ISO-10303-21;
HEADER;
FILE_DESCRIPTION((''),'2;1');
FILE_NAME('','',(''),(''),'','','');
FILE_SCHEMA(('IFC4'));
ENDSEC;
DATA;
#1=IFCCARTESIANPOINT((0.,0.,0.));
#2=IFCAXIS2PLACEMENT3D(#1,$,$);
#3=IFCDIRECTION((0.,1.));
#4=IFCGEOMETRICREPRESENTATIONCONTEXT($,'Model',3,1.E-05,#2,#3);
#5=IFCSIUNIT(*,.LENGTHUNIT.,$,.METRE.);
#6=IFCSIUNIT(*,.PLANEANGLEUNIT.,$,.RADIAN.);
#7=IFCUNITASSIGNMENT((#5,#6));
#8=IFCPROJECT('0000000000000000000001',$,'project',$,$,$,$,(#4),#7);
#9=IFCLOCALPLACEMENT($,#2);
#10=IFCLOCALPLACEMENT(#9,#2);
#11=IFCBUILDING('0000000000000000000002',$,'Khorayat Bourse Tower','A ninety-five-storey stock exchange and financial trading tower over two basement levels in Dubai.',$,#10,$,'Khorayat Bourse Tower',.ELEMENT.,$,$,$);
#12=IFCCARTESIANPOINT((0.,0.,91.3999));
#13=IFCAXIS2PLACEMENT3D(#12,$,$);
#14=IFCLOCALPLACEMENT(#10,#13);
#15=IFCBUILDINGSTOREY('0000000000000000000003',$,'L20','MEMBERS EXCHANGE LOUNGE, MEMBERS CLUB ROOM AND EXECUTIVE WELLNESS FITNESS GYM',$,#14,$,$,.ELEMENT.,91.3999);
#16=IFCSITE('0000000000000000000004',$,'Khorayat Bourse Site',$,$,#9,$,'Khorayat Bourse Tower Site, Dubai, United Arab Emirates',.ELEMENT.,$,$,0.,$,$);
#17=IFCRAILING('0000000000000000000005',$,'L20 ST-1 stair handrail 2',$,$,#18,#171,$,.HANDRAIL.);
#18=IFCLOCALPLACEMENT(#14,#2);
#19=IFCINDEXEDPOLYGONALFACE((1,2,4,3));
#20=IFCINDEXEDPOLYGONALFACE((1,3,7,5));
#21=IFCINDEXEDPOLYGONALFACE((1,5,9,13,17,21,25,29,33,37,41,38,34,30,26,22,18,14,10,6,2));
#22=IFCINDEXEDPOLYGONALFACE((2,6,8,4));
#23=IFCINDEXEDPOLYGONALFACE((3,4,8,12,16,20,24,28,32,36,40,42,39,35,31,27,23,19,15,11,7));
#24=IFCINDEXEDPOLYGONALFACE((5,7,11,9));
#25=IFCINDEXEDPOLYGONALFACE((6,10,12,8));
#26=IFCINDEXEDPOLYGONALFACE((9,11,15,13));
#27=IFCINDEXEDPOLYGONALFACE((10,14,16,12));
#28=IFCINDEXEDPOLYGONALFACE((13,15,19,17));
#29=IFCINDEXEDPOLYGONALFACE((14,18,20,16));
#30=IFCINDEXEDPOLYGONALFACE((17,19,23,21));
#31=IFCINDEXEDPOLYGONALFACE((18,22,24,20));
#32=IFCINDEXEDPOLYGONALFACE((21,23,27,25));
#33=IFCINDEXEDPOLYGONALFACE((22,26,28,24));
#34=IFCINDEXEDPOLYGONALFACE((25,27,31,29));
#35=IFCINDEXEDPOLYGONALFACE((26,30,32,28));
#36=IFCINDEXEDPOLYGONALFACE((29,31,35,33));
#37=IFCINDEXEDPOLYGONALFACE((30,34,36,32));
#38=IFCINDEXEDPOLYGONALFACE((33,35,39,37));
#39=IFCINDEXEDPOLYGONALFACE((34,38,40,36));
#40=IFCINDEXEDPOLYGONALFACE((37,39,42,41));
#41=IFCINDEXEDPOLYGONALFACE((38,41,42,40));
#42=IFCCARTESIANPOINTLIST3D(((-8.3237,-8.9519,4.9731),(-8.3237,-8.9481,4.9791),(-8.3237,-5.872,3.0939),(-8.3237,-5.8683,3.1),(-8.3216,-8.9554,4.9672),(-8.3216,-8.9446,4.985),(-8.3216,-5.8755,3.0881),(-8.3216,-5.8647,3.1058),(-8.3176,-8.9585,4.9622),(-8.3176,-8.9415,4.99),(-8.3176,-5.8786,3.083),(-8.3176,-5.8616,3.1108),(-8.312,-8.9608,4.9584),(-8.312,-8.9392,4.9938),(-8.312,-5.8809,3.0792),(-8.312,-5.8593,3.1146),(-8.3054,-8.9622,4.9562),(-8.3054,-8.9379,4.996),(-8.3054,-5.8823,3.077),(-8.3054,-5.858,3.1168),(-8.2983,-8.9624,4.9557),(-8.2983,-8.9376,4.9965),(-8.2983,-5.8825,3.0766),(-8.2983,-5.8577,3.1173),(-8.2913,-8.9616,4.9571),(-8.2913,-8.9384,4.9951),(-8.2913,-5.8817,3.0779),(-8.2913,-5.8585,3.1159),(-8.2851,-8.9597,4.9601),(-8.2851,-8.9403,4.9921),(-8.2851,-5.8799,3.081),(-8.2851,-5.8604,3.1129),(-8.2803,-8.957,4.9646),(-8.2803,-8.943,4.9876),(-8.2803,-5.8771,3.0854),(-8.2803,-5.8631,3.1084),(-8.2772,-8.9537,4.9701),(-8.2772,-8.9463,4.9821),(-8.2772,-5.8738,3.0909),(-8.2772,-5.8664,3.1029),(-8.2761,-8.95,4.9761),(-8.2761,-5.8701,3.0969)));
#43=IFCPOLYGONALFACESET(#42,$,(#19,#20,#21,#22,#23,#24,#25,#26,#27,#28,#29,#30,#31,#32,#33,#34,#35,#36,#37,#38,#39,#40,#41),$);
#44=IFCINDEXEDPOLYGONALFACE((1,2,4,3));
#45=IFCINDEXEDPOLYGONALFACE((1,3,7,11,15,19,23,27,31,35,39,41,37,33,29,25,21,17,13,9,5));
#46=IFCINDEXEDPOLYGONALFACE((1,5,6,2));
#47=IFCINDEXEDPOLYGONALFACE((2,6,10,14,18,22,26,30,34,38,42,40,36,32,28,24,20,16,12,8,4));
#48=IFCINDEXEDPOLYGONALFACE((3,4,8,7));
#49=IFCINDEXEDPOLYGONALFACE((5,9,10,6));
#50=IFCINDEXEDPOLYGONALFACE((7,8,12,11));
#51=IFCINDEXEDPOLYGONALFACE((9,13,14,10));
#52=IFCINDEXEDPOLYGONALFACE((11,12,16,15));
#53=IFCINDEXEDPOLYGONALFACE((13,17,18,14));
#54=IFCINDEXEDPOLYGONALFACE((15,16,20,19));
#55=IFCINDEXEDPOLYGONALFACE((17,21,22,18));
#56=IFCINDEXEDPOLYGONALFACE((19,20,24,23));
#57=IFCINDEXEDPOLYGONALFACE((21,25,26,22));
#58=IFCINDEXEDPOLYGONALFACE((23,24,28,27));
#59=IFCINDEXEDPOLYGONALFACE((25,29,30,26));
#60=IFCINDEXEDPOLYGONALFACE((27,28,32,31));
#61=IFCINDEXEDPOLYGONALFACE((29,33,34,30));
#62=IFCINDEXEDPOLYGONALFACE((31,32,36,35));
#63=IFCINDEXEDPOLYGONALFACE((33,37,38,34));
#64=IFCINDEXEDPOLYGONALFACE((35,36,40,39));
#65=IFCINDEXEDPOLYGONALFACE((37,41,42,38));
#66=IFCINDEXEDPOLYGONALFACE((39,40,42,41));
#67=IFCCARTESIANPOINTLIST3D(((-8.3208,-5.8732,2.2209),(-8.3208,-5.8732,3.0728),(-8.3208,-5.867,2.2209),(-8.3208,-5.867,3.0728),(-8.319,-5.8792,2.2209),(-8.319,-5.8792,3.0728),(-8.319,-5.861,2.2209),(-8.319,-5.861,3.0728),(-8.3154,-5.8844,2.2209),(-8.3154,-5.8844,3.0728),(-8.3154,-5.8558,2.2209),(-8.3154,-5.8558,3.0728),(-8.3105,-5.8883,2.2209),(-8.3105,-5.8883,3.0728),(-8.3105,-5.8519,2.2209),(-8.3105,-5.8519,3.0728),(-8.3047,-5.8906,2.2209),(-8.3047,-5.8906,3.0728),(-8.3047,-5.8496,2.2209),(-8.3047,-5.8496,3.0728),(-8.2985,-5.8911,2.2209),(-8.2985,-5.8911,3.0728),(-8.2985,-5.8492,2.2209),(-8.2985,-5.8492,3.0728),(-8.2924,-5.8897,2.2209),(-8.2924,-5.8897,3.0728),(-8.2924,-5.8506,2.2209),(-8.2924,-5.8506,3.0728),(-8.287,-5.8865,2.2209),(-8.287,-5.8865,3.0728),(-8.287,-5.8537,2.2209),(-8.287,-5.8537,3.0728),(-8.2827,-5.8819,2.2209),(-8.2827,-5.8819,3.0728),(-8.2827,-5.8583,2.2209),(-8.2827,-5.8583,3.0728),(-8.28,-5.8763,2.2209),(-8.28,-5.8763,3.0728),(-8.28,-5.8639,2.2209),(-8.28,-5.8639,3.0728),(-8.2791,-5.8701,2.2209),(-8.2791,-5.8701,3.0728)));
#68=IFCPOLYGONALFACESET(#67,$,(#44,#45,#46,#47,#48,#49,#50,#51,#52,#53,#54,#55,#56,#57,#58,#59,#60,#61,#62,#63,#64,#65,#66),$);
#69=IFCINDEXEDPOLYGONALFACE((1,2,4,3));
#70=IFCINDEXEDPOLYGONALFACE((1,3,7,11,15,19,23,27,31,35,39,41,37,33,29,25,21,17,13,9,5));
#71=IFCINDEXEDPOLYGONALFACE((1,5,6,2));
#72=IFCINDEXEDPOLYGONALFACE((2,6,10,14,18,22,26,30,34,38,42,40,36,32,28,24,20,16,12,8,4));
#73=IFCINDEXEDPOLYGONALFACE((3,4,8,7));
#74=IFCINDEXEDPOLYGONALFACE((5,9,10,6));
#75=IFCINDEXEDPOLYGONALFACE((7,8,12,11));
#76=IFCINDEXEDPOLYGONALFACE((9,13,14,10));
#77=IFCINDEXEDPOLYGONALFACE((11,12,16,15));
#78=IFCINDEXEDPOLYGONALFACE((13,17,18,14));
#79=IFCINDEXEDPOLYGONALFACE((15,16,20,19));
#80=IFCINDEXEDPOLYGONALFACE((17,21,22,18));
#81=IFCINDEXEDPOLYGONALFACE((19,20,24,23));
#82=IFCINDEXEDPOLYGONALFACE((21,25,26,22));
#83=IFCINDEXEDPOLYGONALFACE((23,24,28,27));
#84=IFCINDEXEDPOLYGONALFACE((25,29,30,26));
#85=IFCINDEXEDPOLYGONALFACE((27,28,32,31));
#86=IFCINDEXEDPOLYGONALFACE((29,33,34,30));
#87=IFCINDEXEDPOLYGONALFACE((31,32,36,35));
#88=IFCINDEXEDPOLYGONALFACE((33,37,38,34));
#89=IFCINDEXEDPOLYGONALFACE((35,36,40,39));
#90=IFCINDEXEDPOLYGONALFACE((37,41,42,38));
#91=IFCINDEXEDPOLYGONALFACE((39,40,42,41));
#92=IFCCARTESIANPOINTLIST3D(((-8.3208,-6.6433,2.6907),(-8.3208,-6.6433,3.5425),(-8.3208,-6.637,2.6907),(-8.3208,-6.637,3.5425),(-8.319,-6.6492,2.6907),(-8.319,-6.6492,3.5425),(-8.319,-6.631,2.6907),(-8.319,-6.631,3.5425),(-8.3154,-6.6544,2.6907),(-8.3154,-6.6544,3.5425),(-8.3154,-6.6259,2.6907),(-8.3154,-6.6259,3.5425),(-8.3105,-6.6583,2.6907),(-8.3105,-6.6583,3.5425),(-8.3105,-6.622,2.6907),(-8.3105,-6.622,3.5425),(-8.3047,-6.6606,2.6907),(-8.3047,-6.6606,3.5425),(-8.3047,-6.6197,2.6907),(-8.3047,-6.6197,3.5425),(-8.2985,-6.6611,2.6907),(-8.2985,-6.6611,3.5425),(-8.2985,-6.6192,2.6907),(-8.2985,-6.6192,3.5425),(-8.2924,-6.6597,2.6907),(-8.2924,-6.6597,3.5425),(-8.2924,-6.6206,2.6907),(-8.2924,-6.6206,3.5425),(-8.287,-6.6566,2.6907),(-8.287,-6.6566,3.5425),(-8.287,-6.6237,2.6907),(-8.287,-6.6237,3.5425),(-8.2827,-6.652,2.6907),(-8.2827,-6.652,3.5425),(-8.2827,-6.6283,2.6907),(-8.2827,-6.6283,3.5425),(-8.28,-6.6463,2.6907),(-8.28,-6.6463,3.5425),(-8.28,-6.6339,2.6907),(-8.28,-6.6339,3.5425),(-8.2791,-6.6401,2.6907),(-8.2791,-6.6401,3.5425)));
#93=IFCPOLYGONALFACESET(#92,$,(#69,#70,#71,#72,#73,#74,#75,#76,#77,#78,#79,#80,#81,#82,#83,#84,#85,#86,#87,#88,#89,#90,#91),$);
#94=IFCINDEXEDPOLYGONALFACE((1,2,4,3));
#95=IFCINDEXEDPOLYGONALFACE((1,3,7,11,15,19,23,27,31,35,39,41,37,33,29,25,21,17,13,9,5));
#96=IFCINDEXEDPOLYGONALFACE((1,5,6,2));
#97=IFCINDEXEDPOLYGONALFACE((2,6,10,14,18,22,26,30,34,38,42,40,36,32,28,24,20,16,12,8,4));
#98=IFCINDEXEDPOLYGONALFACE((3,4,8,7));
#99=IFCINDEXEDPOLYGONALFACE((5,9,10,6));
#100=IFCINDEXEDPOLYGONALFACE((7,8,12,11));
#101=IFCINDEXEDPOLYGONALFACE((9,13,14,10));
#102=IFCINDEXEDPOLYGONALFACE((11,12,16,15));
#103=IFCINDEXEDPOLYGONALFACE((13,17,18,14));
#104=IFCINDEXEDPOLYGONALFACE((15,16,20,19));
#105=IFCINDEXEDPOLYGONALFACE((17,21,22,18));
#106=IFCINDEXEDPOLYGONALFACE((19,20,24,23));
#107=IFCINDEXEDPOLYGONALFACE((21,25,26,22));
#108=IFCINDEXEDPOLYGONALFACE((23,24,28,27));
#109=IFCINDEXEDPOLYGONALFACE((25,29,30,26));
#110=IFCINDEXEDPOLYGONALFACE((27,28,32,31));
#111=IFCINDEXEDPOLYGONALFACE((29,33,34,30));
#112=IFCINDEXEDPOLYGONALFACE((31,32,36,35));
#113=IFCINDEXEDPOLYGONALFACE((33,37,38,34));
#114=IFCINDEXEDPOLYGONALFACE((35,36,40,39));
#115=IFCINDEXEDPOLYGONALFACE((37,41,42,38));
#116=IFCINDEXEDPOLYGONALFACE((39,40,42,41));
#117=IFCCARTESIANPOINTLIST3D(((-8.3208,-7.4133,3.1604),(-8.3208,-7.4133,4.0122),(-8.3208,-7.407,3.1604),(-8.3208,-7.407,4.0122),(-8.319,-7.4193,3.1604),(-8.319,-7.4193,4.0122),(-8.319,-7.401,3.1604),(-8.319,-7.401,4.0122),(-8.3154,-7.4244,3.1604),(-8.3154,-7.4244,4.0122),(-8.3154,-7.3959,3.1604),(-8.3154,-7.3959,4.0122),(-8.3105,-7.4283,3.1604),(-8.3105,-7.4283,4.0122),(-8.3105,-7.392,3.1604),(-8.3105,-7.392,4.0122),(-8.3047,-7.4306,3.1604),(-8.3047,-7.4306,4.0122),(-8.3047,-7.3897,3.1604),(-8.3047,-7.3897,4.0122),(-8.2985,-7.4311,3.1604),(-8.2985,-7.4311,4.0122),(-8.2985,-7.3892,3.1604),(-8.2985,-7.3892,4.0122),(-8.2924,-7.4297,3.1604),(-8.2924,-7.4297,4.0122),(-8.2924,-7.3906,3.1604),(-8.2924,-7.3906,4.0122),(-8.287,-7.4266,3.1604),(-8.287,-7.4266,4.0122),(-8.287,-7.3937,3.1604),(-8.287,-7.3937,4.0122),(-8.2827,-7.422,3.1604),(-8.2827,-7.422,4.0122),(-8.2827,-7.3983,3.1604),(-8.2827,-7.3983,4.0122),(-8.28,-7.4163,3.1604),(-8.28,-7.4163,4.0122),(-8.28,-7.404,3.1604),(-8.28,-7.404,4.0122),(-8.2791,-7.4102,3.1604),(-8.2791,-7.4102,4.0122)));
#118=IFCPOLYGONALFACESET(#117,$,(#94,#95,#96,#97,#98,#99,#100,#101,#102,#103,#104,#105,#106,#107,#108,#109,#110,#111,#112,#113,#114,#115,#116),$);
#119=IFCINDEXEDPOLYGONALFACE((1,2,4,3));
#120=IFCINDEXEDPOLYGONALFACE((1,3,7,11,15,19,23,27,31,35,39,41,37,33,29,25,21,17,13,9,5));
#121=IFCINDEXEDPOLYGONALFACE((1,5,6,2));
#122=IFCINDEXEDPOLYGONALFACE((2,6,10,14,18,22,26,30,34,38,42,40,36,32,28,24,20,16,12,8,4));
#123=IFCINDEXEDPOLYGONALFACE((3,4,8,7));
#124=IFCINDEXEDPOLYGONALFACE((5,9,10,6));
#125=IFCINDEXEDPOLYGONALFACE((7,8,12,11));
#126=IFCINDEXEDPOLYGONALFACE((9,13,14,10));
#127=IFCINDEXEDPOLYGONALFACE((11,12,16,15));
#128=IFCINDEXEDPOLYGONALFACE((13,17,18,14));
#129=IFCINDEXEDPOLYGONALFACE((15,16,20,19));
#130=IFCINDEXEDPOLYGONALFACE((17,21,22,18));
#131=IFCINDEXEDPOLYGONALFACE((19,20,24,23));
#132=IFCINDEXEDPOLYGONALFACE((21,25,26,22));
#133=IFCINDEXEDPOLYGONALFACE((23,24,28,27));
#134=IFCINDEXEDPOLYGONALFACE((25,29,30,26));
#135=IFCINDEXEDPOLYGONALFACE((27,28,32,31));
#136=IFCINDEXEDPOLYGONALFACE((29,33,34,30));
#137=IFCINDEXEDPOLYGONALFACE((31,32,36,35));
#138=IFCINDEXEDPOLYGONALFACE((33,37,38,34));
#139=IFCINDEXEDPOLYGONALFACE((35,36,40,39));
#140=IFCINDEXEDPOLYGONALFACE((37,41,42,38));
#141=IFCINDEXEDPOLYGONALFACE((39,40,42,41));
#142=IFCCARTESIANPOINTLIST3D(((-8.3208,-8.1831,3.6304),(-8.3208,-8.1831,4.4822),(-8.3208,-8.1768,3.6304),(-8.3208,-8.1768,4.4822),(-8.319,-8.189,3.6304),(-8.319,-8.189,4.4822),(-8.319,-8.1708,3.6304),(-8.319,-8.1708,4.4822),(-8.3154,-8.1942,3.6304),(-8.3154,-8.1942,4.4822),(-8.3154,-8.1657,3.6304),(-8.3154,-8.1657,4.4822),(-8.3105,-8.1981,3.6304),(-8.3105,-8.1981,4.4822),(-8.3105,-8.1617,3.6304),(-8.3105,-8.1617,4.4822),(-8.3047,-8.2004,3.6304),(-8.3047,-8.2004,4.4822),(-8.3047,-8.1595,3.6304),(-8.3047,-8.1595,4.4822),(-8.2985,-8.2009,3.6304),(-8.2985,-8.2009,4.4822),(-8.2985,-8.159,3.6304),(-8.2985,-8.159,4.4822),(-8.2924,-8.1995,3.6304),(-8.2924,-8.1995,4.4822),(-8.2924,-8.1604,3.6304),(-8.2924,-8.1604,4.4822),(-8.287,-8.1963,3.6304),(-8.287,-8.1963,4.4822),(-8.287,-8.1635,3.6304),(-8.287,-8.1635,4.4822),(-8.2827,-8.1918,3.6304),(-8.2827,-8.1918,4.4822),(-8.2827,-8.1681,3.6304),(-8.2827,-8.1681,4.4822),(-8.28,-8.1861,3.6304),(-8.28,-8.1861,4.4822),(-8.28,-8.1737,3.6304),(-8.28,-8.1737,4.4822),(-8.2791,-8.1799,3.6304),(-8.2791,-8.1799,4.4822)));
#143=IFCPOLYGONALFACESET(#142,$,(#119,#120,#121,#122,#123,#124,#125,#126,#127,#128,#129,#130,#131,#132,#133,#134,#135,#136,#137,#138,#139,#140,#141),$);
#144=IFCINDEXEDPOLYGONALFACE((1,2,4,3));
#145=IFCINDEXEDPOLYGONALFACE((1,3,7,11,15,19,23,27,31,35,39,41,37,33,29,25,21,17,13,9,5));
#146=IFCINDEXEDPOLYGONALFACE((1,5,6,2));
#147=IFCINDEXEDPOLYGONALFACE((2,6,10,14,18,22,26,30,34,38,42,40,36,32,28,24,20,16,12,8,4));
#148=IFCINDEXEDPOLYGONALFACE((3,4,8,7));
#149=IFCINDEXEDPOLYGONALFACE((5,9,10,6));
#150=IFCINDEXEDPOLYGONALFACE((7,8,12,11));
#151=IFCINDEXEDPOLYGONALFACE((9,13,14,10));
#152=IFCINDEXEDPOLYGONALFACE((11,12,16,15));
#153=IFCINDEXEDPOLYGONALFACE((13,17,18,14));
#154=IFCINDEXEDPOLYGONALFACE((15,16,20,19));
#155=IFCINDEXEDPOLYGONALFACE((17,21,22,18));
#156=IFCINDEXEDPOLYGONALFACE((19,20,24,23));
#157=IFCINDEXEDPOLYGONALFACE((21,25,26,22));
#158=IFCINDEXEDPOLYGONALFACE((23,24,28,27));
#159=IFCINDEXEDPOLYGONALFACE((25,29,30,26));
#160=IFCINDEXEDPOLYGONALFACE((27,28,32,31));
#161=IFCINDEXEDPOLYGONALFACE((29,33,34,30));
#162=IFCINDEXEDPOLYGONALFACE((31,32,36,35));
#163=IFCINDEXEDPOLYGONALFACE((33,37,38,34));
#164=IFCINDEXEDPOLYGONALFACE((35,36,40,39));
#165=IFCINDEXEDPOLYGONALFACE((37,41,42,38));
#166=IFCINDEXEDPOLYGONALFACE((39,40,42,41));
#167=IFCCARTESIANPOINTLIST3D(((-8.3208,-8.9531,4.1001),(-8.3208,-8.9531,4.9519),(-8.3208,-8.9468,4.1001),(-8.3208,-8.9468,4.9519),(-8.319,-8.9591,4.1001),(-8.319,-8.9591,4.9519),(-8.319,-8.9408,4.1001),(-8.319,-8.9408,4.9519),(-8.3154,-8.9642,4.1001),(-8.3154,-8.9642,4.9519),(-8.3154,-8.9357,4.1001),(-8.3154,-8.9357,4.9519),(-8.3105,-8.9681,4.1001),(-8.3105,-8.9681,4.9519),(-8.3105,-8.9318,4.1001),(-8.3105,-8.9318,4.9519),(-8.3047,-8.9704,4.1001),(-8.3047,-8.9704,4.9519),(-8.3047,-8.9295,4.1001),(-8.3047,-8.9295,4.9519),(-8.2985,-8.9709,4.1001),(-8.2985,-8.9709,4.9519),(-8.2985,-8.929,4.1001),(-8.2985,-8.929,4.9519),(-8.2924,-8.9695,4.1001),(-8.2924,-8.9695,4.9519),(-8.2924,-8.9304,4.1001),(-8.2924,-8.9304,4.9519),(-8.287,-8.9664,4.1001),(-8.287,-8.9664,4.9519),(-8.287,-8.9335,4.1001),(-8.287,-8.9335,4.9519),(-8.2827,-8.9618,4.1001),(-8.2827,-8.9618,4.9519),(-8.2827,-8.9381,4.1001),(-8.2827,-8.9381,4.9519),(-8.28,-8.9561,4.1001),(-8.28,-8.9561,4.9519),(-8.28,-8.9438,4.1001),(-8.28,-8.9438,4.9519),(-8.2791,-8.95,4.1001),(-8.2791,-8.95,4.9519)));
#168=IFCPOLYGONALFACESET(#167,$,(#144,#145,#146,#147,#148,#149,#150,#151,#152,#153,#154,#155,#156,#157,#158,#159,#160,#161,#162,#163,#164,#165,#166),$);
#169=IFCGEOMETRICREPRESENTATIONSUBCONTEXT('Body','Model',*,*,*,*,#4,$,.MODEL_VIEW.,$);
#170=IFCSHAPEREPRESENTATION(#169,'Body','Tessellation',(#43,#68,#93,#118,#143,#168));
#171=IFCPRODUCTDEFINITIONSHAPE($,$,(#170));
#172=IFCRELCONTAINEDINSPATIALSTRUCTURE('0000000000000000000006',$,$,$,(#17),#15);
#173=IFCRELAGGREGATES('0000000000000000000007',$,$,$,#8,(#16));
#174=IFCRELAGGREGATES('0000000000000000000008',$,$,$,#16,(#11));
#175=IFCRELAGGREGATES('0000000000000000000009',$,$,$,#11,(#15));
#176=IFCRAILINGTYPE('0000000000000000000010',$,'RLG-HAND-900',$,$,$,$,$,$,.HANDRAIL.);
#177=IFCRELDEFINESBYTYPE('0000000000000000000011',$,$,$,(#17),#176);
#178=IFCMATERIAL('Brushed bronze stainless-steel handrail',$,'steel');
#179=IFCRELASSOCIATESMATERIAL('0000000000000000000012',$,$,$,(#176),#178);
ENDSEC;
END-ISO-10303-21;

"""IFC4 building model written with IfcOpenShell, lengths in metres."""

from ifc_helpers import new_model, si_unit, direction, frame, origin, origin_2d, place, context, subcontext, project, spatial, circle, extrude, source, transform, mapped, material, type_object, element, save


model = new_model("IFC4")

# Units and contexts
model_context = context("Model", 3, precision=1e-05, world=origin(), true_north=direction((0.0, 1.0)))
body_context = subcontext(model_context, "Body", "Model", "MODEL_VIEW")
ifc_project = project(units=[si_unit("LENGTHUNIT", "METRE"), si_unit("PLANEANGLEUNIT", "RADIAN")], contexts=[model_context])

# Site, building, storey
site_placement = place(None, origin())
site = spatial("IfcSite", under=ifc_project, at=site_placement, Name="Khorayat Bourse Site", LongName="Khorayat Bourse Tower Site, Dubai, United Arab Emirates", CompositionType="ELEMENT", RefElevation=0.0)
building_placement = place(site_placement, origin())
building = spatial("IfcBuilding", under=site, at=building_placement, Name="Khorayat Bourse Tower", Description="A ninety-five-storey stock exchange and financial trading tower over two basement levels in Dubai.", LongName="Khorayat Bourse Tower", CompositionType="ELEMENT")
storey_placement = place(building_placement, frame((0.0, 0.0, 91.3999)))
storey = spatial("IfcBuildingStorey", under=building, at=storey_placement, Name="L20", Description="MEMBERS EXCHANGE LOUNGE, MEMBERS CLUB ROOM AND EXECUTIVE WELLNESS FITNESS GYM", CompositionType="ELEMENT", Elevation=91.3999)

# Railing
ifc_material_1 = material(Name="Brushed bronze stainless-steel handrail", Category="steel")
railing_type_1 = type_object("IfcRailingType", Name="RLG-HAND-900", PredefinedType="HANDRAIL", material=ifc_material_1)
shared_shape_1 = source(origin(), body_context, "Body", "SweptSolid", [
    extrude(circle(Radius=0.0239, at=origin_2d()), frame((0.0, 0.0, 0.876), z_axis=(0.0, -0.853648, 0.52085), x_axis=(1.0, 0.0, 0.0)), (0.0, 0.0, 1.0), 3.6079),
    extrude(circle(Radius=0.021, at=origin_2d()), origin(), (0.0, 0.0, 1.0), 0.8518),
    extrude(circle(Radius=0.021, at=origin_2d()), frame((0.0, -0.77, 0.4697)), (0.0, 0.0, 1.0), 0.8518),
    extrude(circle(Radius=0.021, at=origin_2d()), frame((0.0, -1.54, 0.9395)), (0.0, 0.0, 1.0), 0.8518),
    extrude(circle(Radius=0.021, at=origin_2d()), frame((0.0, -2.3098, 1.4094)), (0.0, 0.0, 1.0), 0.8518),
    extrude(circle(Radius=0.021, at=origin_2d()), frame((0.0, -3.0798, 1.8792)), (0.0, 0.0, 1.0), 0.8518),
])
railing_1_placement = place(storey_placement, frame((-8.3, -5.8701, 2.2209)))
element("IfcRailing", 1, at=railing_1_placement, inside=storey, type_object=railing_type_1, Name="L20 ST-1 stair handrail 2", PredefinedType="HANDRAIL", context=body_context, shape_type="MappedRepresentation", body=[
    mapped(shared_shape_1, transform((0.0, 0.0, 0.0), scale=1.0)),
])

save(model, "model.ifc")
